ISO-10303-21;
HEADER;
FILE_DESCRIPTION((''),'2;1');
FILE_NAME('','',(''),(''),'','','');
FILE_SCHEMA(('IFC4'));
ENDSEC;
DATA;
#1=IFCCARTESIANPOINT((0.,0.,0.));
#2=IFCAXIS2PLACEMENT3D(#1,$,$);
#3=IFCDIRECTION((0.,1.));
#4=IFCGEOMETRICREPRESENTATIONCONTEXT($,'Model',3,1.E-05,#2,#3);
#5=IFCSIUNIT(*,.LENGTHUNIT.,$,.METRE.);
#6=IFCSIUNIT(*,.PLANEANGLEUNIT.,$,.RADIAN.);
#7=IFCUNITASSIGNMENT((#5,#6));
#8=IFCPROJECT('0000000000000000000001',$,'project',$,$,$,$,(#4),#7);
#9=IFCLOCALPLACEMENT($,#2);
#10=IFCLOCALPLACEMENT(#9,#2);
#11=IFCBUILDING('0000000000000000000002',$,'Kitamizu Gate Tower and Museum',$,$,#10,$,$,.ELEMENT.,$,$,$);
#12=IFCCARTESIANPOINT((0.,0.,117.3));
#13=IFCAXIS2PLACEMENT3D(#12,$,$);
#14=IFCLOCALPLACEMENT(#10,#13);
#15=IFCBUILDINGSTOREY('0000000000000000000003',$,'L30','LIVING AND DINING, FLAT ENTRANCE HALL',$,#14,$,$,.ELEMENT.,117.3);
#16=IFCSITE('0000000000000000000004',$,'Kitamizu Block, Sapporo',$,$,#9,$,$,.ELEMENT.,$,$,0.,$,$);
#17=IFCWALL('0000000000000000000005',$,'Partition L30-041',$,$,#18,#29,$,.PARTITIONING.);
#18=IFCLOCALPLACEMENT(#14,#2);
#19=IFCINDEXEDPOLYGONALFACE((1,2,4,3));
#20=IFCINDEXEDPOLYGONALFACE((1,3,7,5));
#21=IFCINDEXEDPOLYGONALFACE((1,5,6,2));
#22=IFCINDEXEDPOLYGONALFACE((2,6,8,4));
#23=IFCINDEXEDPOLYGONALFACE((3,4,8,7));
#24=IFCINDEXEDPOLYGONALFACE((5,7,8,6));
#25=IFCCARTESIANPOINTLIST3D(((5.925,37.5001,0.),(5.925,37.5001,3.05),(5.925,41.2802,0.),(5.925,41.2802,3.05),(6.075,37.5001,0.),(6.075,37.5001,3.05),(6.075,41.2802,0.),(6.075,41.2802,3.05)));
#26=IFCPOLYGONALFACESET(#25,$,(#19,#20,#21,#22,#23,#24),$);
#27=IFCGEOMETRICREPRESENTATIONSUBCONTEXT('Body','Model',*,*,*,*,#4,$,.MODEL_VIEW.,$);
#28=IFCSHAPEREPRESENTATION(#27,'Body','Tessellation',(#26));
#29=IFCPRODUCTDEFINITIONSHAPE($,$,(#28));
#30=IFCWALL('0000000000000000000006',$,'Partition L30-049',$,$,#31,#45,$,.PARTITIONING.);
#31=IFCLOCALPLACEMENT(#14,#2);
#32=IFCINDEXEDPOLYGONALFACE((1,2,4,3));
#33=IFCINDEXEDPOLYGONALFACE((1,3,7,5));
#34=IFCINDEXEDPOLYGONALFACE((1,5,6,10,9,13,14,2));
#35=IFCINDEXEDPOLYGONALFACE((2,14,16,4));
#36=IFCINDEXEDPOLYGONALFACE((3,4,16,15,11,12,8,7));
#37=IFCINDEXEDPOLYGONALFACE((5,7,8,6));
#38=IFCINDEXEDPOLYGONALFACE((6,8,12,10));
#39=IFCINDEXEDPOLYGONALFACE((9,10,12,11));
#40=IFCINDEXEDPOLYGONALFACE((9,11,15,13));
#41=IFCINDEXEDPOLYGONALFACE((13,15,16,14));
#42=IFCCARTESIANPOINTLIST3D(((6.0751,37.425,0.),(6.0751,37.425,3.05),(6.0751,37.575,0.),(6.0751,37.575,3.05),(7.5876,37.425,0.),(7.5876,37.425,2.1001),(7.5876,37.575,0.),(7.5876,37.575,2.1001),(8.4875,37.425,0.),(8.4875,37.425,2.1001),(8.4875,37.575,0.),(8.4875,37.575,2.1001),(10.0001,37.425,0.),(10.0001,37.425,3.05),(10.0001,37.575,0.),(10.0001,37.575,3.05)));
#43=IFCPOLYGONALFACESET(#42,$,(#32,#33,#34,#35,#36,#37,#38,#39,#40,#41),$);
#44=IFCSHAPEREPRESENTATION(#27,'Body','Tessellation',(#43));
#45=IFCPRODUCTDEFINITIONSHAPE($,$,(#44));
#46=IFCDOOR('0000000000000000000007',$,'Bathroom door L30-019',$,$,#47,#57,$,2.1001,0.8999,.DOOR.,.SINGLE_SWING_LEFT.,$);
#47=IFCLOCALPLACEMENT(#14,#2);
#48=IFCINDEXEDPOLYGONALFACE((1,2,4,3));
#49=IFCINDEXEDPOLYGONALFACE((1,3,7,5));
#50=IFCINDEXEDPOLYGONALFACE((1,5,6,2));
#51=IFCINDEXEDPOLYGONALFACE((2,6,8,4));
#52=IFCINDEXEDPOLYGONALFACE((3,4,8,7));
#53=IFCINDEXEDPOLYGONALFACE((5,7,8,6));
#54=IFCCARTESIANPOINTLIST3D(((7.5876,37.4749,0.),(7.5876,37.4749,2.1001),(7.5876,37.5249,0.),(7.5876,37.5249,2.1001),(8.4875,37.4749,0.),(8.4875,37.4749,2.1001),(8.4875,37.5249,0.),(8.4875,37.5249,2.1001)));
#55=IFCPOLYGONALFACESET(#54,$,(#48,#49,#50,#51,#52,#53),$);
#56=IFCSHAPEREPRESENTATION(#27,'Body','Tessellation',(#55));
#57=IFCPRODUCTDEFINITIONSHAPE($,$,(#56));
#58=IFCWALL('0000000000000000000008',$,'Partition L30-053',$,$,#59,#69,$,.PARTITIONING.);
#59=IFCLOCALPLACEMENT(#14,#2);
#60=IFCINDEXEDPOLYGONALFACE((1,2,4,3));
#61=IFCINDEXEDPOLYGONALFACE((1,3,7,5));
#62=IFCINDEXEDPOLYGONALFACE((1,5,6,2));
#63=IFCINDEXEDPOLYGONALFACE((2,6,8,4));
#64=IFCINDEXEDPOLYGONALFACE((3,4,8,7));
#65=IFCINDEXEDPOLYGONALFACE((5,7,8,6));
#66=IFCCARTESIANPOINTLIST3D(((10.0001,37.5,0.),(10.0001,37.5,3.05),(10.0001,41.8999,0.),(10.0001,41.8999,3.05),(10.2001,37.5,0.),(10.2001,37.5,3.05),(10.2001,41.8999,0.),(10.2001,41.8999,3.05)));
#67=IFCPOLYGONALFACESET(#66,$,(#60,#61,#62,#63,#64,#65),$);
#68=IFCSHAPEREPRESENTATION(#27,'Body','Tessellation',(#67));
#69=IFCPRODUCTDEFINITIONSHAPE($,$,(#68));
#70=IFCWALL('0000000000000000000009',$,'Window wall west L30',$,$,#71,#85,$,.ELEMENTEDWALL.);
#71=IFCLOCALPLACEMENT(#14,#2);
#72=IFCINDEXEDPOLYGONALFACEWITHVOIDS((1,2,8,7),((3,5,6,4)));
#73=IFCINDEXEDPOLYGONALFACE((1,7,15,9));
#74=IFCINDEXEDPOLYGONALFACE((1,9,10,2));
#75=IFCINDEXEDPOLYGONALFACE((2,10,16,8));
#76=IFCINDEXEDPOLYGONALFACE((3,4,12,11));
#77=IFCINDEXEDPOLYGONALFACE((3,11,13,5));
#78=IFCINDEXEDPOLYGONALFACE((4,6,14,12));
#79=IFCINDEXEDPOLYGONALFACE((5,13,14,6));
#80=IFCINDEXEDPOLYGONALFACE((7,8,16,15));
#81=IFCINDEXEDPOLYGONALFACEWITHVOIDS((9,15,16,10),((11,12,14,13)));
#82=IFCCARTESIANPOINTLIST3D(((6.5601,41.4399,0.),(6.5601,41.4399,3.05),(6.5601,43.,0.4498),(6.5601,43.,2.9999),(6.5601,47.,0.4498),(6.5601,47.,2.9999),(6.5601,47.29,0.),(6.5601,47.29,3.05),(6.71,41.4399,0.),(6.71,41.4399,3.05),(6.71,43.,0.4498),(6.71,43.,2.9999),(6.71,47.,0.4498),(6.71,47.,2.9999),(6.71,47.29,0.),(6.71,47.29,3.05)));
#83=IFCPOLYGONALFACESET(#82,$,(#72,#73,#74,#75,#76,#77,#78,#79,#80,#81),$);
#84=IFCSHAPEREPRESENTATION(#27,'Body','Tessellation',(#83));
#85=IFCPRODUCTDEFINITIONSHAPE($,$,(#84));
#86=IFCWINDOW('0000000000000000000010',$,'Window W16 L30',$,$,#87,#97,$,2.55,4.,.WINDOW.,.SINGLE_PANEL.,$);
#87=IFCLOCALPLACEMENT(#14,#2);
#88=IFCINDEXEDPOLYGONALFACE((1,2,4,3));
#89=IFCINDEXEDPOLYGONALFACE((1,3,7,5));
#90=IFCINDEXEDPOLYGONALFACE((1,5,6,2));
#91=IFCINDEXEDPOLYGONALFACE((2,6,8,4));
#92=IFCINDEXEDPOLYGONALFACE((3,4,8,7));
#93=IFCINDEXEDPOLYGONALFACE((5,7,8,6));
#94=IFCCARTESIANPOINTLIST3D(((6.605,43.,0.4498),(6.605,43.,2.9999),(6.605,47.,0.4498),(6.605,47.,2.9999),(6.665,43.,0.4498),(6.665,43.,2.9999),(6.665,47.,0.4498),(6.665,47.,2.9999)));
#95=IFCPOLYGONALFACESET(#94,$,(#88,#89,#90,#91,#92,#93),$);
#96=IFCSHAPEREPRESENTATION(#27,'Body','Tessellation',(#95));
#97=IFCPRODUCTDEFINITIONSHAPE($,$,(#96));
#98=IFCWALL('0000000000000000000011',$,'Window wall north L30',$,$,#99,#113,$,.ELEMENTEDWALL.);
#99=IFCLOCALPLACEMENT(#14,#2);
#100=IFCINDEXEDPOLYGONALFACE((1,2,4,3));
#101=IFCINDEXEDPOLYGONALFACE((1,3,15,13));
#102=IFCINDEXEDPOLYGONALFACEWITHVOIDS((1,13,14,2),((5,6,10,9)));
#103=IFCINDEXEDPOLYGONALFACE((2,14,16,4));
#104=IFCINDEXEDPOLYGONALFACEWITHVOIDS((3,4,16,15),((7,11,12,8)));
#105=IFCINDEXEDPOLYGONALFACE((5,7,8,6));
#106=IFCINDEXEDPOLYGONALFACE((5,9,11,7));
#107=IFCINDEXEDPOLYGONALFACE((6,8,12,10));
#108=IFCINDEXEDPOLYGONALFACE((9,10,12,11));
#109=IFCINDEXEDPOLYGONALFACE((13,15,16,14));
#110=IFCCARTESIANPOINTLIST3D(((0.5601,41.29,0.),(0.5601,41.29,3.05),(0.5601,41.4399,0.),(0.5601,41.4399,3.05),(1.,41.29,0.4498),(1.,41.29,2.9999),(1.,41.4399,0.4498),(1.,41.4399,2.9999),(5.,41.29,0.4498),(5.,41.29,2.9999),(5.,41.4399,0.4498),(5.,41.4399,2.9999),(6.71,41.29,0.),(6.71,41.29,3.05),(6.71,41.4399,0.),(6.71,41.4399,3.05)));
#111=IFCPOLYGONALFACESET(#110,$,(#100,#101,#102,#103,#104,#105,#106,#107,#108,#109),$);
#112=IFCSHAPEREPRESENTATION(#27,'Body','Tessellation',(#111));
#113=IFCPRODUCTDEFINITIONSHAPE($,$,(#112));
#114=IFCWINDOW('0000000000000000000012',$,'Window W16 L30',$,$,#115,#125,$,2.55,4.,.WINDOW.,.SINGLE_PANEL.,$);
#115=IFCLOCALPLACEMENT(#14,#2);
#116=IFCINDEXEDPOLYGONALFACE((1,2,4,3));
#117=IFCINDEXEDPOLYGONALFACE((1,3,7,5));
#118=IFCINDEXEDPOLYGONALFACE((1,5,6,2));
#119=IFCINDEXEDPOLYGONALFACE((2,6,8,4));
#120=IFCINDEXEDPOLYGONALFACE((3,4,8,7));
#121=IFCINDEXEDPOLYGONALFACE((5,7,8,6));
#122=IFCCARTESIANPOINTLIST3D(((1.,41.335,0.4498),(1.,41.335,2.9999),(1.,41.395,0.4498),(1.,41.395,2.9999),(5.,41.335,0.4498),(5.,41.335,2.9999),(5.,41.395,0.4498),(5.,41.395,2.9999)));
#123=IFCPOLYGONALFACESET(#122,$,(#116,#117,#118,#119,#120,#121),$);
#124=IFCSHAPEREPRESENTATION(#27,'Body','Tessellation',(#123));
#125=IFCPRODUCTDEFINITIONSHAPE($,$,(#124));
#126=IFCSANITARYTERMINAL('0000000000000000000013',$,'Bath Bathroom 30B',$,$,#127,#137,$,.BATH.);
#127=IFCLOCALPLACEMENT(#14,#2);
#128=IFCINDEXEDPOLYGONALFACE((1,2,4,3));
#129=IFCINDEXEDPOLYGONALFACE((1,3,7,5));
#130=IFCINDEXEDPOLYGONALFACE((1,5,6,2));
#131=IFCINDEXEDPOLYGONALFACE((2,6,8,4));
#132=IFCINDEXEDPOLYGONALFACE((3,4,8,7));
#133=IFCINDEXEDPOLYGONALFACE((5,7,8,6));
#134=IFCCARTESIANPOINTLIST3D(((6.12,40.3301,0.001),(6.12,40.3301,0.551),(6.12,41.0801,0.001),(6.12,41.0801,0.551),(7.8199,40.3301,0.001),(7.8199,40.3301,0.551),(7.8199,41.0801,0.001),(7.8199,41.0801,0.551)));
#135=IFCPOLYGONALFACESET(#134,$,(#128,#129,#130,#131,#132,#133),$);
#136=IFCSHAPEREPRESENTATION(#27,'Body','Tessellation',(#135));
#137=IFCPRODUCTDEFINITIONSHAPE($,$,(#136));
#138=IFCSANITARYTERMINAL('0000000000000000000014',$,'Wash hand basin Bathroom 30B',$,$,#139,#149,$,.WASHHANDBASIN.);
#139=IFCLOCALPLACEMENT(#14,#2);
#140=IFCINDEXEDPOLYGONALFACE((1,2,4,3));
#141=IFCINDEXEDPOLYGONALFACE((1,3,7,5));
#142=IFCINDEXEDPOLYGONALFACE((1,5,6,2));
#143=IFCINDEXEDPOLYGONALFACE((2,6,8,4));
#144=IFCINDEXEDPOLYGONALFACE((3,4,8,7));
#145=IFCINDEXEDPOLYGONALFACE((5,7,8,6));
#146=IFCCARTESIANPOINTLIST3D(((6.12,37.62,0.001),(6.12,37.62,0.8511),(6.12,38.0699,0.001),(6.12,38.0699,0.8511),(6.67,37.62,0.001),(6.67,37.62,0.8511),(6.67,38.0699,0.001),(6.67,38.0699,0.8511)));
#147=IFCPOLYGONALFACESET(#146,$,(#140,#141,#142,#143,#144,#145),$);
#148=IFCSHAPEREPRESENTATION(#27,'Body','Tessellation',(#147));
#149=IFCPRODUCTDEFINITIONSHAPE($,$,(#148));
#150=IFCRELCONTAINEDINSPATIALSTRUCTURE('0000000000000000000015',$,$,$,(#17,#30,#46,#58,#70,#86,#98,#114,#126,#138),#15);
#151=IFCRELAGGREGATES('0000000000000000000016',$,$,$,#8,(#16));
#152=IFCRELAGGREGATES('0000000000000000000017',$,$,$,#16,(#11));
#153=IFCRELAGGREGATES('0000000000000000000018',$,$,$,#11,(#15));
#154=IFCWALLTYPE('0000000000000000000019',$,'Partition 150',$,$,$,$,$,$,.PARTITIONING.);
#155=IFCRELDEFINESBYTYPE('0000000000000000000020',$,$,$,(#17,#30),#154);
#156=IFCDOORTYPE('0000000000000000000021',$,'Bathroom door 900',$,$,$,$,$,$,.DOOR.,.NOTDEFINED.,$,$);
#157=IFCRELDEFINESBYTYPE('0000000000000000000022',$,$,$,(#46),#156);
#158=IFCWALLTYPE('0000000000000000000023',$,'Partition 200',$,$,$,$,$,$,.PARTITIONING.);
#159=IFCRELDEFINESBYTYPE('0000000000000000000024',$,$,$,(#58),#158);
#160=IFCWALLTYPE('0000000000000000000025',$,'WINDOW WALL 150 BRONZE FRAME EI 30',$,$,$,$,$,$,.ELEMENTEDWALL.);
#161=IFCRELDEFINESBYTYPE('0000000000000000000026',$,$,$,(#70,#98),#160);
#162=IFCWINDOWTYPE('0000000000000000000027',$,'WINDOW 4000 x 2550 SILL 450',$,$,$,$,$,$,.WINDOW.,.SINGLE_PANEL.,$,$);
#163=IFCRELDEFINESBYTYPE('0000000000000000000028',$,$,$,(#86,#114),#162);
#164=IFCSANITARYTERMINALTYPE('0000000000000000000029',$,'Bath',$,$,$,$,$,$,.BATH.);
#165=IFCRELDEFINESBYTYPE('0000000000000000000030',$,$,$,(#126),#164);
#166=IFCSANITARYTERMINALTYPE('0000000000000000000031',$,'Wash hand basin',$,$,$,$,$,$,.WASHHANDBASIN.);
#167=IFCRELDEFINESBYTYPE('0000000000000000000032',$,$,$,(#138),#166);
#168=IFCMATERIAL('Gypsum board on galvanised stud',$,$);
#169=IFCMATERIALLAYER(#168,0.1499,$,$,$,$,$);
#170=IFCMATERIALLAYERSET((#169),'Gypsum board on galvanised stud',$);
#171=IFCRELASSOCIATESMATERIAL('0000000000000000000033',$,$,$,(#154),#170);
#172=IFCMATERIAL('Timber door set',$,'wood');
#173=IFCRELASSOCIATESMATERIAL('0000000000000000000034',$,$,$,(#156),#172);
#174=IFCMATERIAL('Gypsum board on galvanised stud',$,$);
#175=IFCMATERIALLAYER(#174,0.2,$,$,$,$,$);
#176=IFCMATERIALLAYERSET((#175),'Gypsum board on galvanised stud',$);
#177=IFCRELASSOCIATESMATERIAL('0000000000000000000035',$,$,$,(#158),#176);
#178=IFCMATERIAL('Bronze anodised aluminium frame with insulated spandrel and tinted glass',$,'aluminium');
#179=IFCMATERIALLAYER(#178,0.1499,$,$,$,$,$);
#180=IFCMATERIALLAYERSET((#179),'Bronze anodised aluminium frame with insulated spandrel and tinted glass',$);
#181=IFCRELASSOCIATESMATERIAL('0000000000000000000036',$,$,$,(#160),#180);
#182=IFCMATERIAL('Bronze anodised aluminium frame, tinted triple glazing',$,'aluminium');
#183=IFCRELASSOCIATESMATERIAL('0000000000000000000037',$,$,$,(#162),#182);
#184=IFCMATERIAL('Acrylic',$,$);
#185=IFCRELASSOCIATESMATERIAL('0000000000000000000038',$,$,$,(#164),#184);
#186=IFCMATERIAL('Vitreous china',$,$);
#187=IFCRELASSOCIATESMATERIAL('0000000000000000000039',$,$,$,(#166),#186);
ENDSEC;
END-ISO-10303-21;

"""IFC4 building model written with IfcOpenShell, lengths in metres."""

from ifc_helpers import new_model, si_unit, direction, frame, frame_2d, origin, origin_2d, place, context, subcontext, project, spatial, rectangle, extrude, material, layer, layer_set, type_object, element, fill, save


model = new_model("IFC4")

# Units and contexts
model_context = context("Model", 3, precision=1e-05, world=origin(), true_north=direction((0.0, 1.0)))
body_context = subcontext(model_context, "Body", "Model", "MODEL_VIEW")
ifc_project = project(units=[si_unit("LENGTHUNIT", "METRE"), si_unit("PLANEANGLEUNIT", "RADIAN")], contexts=[model_context])

# Site, building, storey
site_placement = place(None, origin())
site = spatial("IfcSite", under=ifc_project, at=site_placement, Name="Kitamizu Block, Sapporo", CompositionType="ELEMENT", RefElevation=0.0)
building_placement = place(site_placement, origin())
building = spatial("IfcBuilding", under=site, at=building_placement, Name="Kitamizu Gate Tower and Museum", CompositionType="ELEMENT")
storey_placement = place(building_placement, frame((0.0, 0.0, 117.3)))
storey = spatial("IfcBuildingStorey", under=building, at=storey_placement, Name="L30", Description="LIVING AND DINING, FLAT ENTRANCE HALL", CompositionType="ELEMENT", Elevation=117.3)

# Wall
ifc_material_1 = material(Name="Gypsum board on galvanised stud")
ifc_layer_1 = layer(ifc_material_1, 0.1499)
ifc_layer_set_1 = layer_set([ifc_layer_1], Name="Gypsum board on galvanised stud")
wall_type_1 = type_object("IfcWallType", Name="Partition 150", PredefinedType="PARTITIONING", material=ifc_layer_set_1)
wall_1_placement = place(storey_placement, frame((6.0, 37.5, 0.0), z_axis=(0.0, 0.0, 1.0), x_axis=(0.0, 1.0, 0.0)))
element("IfcWall", 1, at=wall_1_placement, inside=storey, type_object=wall_type_1, Name="Partition L30-041", PredefinedType="PARTITIONING", context=body_context, shape_type="SweptSolid", body=[
    extrude(rectangle(XDim=3.78, YDim=0.1499, at=frame_2d((1.8901, 0.0))), origin(), (0.0, 0.0, 1.0), 3.05),
])

# Wall, opening, door
wall_2_placement = place(storey_placement, frame((10.0, 37.5, 0.0), z_axis=(0.0, 0.0, 1.0), x_axis=(-1.0, 0.0, 0.0)))
wall_2 = element("IfcWall", 2, at=wall_2_placement, inside=storey, type_object=wall_type_1, Name="Partition L30-049", PredefinedType="PARTITIONING", context=body_context, shape_type="SweptSolid", body=[
    extrude(rectangle(XDim=3.925, YDim=0.1499, at=frame_2d((1.9624, 0.0))), origin(), (0.0, 0.0, 1.0), 3.05),
])
opening_1_placement = place(wall_2_placement, frame((1.5125, 0.0, 0.0)))
opening_1 = element("IfcOpeningElement", 3, at=opening_1_placement, cuts=wall_2, PredefinedType="OPENING", context=body_context, shape_type="SweptSolid", body=[
    extrude(rectangle(XDim=0.8999, YDim=2.1001, at=frame_2d((0.45, 1.05))), frame((0.0, 0.085, 0.0), z_axis=(0.0, -1.0, 0.0), x_axis=(1.0, 0.0, 0.0)), (0.0, 0.0, 1.0), 0.1699),
])
ifc_material_2 = material(Name="Timber door set", Category="wood")
door_type = type_object("IfcDoorType", Name="Bathroom door 900", OperationType="NOTDEFINED", PredefinedType="DOOR", material=ifc_material_2)
door_placement = place(opening_1_placement, frame((0.8999, 0.0, 0.0), x_axis=(-1.0, 0.0, 0.0)))
door = element("IfcDoor", 4, at=door_placement, inside=storey, type_object=door_type, Name="Bathroom door L30-019", OperationType="SINGLE_SWING_LEFT", OverallHeight=2.1001, OverallWidth=0.8999, PredefinedType="DOOR", context=body_context, shape_type="SweptSolid", body=[
    extrude(rectangle(XDim=0.8999, YDim=2.1001, at=frame_2d((0.45, 1.05))), frame((0.0, 0.0249, 0.0), z_axis=(0.0, -1.0, 0.0), x_axis=(1.0, 0.0, 0.0)), (0.0, 0.0, 1.0), 0.05),
])
fill(opening_1, door)

# Wall
ifc_material_3 = material(Name="Gypsum board on galvanised stud")
ifc_layer_2 = layer(ifc_material_3, 0.2)
ifc_layer_set_2 = layer_set([ifc_layer_2], Name="Gypsum board on galvanised stud")
wall_type_2 = type_object("IfcWallType", Name="Partition 200", PredefinedType="PARTITIONING", material=ifc_layer_set_2)
wall_3_placement = place(storey_placement, frame((10.1001, 37.5, 0.0), z_axis=(0.0, 0.0, 1.0), x_axis=(0.0, 1.0, 0.0)))
element("IfcWall", 5, at=wall_3_placement, inside=storey, type_object=wall_type_2, Name="Partition L30-053", PredefinedType="PARTITIONING", context=body_context, shape_type="SweptSolid", body=[
    extrude(rectangle(XDim=4.3999, YDim=0.2, at=frame_2d((2.2, 0.0))), origin(), (0.0, 0.0, 1.0), 3.05),
])

# Shared definitions
ifc_material_4 = material(Name="Bronze anodised aluminium frame with insulated spandrel and tinted glass", Category="aluminium")
ifc_layer_3 = layer(ifc_material_4, 0.1499)
ifc_layer_set_3 = layer_set([ifc_layer_3], Name="Bronze anodised aluminium frame with insulated spandrel and tinted glass")
wall_type_3 = type_object("IfcWallType", Name="WINDOW WALL 150 BRONZE FRAME EI 30", PredefinedType="ELEMENTEDWALL", material=ifc_layer_set_3)

# Walls, openings, windows
wall_4_placement = place(storey_placement, frame((6.635, 41.4399, 0.0), z_axis=(0.0, 0.0, 1.0), x_axis=(0.0, 1.0, 0.0)))
wall_4 = element("IfcWall", 6, at=wall_4_placement, inside=storey, type_object=wall_type_3, Name="Window wall west L30", PredefinedType="ELEMENTEDWALL", context=body_context, shape_type="SweptSolid", body=[
    extrude(rectangle(XDim=5.8501, YDim=0.1499, at=frame_2d((2.925, 0.0))), origin(), (0.0, 0.0, 1.0), 3.05),
])
opening_2_placement = place(wall_4_placement, frame((1.5601, 0.0, 0.45)))
opening_2 = element("IfcOpeningElement", 7, at=opening_2_placement, cuts=wall_4, PredefinedType="OPENING", context=body_context, shape_type="SweptSolid", body=[
    extrude(rectangle(XDim=4.0, YDim=2.55, at=frame_2d((2.0, 1.2749))), frame((0.0, 0.085, 0.0), z_axis=(0.0, -1.0, 0.0), x_axis=(1.0, 0.0, 0.0)), (0.0, 0.0, 1.0), 0.1699),
])
ifc_material_5 = material(Name="Bronze anodised aluminium frame, tinted triple glazing", Category="aluminium")
window_type_1 = type_object("IfcWindowType", Name="WINDOW 4000 x 2550 SILL 450", PartitioningType="SINGLE_PANEL", PredefinedType="WINDOW", material=ifc_material_5)
window_1_placement = place(opening_2_placement, origin())
window_1 = element("IfcWindow", 8, at=window_1_placement, inside=storey, type_object=window_type_1, Name="Window W16 L30", OverallHeight=2.55, OverallWidth=4.0, PartitioningType="SINGLE_PANEL", PredefinedType="WINDOW", context=body_context, shape_type="SweptSolid", body=[
    extrude(rectangle(XDim=4.0, YDim=2.55, at=frame_2d((2.0, 1.2749))), frame((0.0, 0.03, 0.0), z_axis=(0.0, -1.0, 0.0), x_axis=(1.0, 0.0, 0.0)), (0.0, 0.0, 1.0), 0.0601),
])
fill(opening_2, window_1)
wall_5_placement = place(storey_placement, frame((0.5601, 41.365, 0.0), z_axis=(0.0, 0.0, 1.0), x_axis=(1.0, 0.0, 0.0)))
wall_5 = element("IfcWall", 9, at=wall_5_placement, inside=storey, type_object=wall_type_3, Name="Window wall north L30", PredefinedType="ELEMENTEDWALL", context=body_context, shape_type="SweptSolid", body=[
    extrude(rectangle(XDim=6.1499, YDim=0.1499, at=frame_2d((3.075, 0.0))), origin(), (0.0, 0.0, 1.0), 3.05),
])
opening_3_placement = place(wall_5_placement, frame((0.4399, 0.0, 0.45)))
opening_3 = element("IfcOpeningElement", 10, at=opening_3_placement, cuts=wall_5, PredefinedType="OPENING", context=body_context, shape_type="SweptSolid", body=[
    extrude(rectangle(XDim=4.0, YDim=2.55, at=frame_2d((2.0, 1.2749))), frame((0.0, 0.085, 0.0), z_axis=(0.0, -1.0, 0.0), x_axis=(1.0, 0.0, 0.0)), (0.0, 0.0, 1.0), 0.1699),
])
window_2_placement = place(opening_3_placement, origin())
window_2 = element("IfcWindow", 11, at=window_2_placement, inside=storey, type_object=window_type_1, Name="Window W16 L30", OverallHeight=2.55, OverallWidth=4.0, PartitioningType="SINGLE_PANEL", PredefinedType="WINDOW", context=body_context, shape_type="SweptSolid", body=[
    extrude(rectangle(XDim=4.0, YDim=2.55, at=frame_2d((2.0, 1.2749))), frame((0.0, 0.03, 0.0), z_axis=(0.0, -1.0, 0.0), x_axis=(1.0, 0.0, 0.0)), (0.0, 0.0, 1.0), 0.0601),
])
fill(opening_3, window_2)

# Sanitary terminals
ifc_material_6 = material(Name="Acrylic")
sanitary_terminal_type_1 = type_object("IfcSanitaryTerminalType", Name="Bath", PredefinedType="BATH", material=ifc_material_6)
sanitary_terminal_1_placement = place(storey_placement, frame((6.97, 40.7051, 0.001), z_axis=(0.0, 0.0, 1.0), x_axis=(1.0, 0.0, 0.0)))
element("IfcSanitaryTerminal", 12, at=sanitary_terminal_1_placement, inside=storey, type_object=sanitary_terminal_type_1, Name="Bath Bathroom 30B", PredefinedType="BATH", context=body_context, shape_type="SweptSolid", body=[
    extrude(rectangle(XDim=1.7, YDim=0.75, at=origin_2d()), origin(), (0.0, 0.0, 1.0), 0.55),
])
ifc_material_7 = material(Name="Vitreous china")
sanitary_terminal_type_2 = type_object("IfcSanitaryTerminalType", Name="Wash hand basin", PredefinedType="WASHHANDBASIN", material=ifc_material_7)
sanitary_terminal_2_placement = place(storey_placement, frame((6.395, 37.845, 0.001), z_axis=(0.0, 0.0, 1.0), x_axis=(1.0, 0.0, 0.0)))
element("IfcSanitaryTerminal", 13, at=sanitary_terminal_2_placement, inside=storey, type_object=sanitary_terminal_type_2, Name="Wash hand basin Bathroom 30B", PredefinedType="WASHHANDBASIN", context=body_context, shape_type="SweptSolid", body=[
    extrude(rectangle(XDim=0.55, YDim=0.45, at=origin_2d()), origin(), (0.0, 0.0, 1.0), 0.8501),
])

save(model, "model.ifc")
